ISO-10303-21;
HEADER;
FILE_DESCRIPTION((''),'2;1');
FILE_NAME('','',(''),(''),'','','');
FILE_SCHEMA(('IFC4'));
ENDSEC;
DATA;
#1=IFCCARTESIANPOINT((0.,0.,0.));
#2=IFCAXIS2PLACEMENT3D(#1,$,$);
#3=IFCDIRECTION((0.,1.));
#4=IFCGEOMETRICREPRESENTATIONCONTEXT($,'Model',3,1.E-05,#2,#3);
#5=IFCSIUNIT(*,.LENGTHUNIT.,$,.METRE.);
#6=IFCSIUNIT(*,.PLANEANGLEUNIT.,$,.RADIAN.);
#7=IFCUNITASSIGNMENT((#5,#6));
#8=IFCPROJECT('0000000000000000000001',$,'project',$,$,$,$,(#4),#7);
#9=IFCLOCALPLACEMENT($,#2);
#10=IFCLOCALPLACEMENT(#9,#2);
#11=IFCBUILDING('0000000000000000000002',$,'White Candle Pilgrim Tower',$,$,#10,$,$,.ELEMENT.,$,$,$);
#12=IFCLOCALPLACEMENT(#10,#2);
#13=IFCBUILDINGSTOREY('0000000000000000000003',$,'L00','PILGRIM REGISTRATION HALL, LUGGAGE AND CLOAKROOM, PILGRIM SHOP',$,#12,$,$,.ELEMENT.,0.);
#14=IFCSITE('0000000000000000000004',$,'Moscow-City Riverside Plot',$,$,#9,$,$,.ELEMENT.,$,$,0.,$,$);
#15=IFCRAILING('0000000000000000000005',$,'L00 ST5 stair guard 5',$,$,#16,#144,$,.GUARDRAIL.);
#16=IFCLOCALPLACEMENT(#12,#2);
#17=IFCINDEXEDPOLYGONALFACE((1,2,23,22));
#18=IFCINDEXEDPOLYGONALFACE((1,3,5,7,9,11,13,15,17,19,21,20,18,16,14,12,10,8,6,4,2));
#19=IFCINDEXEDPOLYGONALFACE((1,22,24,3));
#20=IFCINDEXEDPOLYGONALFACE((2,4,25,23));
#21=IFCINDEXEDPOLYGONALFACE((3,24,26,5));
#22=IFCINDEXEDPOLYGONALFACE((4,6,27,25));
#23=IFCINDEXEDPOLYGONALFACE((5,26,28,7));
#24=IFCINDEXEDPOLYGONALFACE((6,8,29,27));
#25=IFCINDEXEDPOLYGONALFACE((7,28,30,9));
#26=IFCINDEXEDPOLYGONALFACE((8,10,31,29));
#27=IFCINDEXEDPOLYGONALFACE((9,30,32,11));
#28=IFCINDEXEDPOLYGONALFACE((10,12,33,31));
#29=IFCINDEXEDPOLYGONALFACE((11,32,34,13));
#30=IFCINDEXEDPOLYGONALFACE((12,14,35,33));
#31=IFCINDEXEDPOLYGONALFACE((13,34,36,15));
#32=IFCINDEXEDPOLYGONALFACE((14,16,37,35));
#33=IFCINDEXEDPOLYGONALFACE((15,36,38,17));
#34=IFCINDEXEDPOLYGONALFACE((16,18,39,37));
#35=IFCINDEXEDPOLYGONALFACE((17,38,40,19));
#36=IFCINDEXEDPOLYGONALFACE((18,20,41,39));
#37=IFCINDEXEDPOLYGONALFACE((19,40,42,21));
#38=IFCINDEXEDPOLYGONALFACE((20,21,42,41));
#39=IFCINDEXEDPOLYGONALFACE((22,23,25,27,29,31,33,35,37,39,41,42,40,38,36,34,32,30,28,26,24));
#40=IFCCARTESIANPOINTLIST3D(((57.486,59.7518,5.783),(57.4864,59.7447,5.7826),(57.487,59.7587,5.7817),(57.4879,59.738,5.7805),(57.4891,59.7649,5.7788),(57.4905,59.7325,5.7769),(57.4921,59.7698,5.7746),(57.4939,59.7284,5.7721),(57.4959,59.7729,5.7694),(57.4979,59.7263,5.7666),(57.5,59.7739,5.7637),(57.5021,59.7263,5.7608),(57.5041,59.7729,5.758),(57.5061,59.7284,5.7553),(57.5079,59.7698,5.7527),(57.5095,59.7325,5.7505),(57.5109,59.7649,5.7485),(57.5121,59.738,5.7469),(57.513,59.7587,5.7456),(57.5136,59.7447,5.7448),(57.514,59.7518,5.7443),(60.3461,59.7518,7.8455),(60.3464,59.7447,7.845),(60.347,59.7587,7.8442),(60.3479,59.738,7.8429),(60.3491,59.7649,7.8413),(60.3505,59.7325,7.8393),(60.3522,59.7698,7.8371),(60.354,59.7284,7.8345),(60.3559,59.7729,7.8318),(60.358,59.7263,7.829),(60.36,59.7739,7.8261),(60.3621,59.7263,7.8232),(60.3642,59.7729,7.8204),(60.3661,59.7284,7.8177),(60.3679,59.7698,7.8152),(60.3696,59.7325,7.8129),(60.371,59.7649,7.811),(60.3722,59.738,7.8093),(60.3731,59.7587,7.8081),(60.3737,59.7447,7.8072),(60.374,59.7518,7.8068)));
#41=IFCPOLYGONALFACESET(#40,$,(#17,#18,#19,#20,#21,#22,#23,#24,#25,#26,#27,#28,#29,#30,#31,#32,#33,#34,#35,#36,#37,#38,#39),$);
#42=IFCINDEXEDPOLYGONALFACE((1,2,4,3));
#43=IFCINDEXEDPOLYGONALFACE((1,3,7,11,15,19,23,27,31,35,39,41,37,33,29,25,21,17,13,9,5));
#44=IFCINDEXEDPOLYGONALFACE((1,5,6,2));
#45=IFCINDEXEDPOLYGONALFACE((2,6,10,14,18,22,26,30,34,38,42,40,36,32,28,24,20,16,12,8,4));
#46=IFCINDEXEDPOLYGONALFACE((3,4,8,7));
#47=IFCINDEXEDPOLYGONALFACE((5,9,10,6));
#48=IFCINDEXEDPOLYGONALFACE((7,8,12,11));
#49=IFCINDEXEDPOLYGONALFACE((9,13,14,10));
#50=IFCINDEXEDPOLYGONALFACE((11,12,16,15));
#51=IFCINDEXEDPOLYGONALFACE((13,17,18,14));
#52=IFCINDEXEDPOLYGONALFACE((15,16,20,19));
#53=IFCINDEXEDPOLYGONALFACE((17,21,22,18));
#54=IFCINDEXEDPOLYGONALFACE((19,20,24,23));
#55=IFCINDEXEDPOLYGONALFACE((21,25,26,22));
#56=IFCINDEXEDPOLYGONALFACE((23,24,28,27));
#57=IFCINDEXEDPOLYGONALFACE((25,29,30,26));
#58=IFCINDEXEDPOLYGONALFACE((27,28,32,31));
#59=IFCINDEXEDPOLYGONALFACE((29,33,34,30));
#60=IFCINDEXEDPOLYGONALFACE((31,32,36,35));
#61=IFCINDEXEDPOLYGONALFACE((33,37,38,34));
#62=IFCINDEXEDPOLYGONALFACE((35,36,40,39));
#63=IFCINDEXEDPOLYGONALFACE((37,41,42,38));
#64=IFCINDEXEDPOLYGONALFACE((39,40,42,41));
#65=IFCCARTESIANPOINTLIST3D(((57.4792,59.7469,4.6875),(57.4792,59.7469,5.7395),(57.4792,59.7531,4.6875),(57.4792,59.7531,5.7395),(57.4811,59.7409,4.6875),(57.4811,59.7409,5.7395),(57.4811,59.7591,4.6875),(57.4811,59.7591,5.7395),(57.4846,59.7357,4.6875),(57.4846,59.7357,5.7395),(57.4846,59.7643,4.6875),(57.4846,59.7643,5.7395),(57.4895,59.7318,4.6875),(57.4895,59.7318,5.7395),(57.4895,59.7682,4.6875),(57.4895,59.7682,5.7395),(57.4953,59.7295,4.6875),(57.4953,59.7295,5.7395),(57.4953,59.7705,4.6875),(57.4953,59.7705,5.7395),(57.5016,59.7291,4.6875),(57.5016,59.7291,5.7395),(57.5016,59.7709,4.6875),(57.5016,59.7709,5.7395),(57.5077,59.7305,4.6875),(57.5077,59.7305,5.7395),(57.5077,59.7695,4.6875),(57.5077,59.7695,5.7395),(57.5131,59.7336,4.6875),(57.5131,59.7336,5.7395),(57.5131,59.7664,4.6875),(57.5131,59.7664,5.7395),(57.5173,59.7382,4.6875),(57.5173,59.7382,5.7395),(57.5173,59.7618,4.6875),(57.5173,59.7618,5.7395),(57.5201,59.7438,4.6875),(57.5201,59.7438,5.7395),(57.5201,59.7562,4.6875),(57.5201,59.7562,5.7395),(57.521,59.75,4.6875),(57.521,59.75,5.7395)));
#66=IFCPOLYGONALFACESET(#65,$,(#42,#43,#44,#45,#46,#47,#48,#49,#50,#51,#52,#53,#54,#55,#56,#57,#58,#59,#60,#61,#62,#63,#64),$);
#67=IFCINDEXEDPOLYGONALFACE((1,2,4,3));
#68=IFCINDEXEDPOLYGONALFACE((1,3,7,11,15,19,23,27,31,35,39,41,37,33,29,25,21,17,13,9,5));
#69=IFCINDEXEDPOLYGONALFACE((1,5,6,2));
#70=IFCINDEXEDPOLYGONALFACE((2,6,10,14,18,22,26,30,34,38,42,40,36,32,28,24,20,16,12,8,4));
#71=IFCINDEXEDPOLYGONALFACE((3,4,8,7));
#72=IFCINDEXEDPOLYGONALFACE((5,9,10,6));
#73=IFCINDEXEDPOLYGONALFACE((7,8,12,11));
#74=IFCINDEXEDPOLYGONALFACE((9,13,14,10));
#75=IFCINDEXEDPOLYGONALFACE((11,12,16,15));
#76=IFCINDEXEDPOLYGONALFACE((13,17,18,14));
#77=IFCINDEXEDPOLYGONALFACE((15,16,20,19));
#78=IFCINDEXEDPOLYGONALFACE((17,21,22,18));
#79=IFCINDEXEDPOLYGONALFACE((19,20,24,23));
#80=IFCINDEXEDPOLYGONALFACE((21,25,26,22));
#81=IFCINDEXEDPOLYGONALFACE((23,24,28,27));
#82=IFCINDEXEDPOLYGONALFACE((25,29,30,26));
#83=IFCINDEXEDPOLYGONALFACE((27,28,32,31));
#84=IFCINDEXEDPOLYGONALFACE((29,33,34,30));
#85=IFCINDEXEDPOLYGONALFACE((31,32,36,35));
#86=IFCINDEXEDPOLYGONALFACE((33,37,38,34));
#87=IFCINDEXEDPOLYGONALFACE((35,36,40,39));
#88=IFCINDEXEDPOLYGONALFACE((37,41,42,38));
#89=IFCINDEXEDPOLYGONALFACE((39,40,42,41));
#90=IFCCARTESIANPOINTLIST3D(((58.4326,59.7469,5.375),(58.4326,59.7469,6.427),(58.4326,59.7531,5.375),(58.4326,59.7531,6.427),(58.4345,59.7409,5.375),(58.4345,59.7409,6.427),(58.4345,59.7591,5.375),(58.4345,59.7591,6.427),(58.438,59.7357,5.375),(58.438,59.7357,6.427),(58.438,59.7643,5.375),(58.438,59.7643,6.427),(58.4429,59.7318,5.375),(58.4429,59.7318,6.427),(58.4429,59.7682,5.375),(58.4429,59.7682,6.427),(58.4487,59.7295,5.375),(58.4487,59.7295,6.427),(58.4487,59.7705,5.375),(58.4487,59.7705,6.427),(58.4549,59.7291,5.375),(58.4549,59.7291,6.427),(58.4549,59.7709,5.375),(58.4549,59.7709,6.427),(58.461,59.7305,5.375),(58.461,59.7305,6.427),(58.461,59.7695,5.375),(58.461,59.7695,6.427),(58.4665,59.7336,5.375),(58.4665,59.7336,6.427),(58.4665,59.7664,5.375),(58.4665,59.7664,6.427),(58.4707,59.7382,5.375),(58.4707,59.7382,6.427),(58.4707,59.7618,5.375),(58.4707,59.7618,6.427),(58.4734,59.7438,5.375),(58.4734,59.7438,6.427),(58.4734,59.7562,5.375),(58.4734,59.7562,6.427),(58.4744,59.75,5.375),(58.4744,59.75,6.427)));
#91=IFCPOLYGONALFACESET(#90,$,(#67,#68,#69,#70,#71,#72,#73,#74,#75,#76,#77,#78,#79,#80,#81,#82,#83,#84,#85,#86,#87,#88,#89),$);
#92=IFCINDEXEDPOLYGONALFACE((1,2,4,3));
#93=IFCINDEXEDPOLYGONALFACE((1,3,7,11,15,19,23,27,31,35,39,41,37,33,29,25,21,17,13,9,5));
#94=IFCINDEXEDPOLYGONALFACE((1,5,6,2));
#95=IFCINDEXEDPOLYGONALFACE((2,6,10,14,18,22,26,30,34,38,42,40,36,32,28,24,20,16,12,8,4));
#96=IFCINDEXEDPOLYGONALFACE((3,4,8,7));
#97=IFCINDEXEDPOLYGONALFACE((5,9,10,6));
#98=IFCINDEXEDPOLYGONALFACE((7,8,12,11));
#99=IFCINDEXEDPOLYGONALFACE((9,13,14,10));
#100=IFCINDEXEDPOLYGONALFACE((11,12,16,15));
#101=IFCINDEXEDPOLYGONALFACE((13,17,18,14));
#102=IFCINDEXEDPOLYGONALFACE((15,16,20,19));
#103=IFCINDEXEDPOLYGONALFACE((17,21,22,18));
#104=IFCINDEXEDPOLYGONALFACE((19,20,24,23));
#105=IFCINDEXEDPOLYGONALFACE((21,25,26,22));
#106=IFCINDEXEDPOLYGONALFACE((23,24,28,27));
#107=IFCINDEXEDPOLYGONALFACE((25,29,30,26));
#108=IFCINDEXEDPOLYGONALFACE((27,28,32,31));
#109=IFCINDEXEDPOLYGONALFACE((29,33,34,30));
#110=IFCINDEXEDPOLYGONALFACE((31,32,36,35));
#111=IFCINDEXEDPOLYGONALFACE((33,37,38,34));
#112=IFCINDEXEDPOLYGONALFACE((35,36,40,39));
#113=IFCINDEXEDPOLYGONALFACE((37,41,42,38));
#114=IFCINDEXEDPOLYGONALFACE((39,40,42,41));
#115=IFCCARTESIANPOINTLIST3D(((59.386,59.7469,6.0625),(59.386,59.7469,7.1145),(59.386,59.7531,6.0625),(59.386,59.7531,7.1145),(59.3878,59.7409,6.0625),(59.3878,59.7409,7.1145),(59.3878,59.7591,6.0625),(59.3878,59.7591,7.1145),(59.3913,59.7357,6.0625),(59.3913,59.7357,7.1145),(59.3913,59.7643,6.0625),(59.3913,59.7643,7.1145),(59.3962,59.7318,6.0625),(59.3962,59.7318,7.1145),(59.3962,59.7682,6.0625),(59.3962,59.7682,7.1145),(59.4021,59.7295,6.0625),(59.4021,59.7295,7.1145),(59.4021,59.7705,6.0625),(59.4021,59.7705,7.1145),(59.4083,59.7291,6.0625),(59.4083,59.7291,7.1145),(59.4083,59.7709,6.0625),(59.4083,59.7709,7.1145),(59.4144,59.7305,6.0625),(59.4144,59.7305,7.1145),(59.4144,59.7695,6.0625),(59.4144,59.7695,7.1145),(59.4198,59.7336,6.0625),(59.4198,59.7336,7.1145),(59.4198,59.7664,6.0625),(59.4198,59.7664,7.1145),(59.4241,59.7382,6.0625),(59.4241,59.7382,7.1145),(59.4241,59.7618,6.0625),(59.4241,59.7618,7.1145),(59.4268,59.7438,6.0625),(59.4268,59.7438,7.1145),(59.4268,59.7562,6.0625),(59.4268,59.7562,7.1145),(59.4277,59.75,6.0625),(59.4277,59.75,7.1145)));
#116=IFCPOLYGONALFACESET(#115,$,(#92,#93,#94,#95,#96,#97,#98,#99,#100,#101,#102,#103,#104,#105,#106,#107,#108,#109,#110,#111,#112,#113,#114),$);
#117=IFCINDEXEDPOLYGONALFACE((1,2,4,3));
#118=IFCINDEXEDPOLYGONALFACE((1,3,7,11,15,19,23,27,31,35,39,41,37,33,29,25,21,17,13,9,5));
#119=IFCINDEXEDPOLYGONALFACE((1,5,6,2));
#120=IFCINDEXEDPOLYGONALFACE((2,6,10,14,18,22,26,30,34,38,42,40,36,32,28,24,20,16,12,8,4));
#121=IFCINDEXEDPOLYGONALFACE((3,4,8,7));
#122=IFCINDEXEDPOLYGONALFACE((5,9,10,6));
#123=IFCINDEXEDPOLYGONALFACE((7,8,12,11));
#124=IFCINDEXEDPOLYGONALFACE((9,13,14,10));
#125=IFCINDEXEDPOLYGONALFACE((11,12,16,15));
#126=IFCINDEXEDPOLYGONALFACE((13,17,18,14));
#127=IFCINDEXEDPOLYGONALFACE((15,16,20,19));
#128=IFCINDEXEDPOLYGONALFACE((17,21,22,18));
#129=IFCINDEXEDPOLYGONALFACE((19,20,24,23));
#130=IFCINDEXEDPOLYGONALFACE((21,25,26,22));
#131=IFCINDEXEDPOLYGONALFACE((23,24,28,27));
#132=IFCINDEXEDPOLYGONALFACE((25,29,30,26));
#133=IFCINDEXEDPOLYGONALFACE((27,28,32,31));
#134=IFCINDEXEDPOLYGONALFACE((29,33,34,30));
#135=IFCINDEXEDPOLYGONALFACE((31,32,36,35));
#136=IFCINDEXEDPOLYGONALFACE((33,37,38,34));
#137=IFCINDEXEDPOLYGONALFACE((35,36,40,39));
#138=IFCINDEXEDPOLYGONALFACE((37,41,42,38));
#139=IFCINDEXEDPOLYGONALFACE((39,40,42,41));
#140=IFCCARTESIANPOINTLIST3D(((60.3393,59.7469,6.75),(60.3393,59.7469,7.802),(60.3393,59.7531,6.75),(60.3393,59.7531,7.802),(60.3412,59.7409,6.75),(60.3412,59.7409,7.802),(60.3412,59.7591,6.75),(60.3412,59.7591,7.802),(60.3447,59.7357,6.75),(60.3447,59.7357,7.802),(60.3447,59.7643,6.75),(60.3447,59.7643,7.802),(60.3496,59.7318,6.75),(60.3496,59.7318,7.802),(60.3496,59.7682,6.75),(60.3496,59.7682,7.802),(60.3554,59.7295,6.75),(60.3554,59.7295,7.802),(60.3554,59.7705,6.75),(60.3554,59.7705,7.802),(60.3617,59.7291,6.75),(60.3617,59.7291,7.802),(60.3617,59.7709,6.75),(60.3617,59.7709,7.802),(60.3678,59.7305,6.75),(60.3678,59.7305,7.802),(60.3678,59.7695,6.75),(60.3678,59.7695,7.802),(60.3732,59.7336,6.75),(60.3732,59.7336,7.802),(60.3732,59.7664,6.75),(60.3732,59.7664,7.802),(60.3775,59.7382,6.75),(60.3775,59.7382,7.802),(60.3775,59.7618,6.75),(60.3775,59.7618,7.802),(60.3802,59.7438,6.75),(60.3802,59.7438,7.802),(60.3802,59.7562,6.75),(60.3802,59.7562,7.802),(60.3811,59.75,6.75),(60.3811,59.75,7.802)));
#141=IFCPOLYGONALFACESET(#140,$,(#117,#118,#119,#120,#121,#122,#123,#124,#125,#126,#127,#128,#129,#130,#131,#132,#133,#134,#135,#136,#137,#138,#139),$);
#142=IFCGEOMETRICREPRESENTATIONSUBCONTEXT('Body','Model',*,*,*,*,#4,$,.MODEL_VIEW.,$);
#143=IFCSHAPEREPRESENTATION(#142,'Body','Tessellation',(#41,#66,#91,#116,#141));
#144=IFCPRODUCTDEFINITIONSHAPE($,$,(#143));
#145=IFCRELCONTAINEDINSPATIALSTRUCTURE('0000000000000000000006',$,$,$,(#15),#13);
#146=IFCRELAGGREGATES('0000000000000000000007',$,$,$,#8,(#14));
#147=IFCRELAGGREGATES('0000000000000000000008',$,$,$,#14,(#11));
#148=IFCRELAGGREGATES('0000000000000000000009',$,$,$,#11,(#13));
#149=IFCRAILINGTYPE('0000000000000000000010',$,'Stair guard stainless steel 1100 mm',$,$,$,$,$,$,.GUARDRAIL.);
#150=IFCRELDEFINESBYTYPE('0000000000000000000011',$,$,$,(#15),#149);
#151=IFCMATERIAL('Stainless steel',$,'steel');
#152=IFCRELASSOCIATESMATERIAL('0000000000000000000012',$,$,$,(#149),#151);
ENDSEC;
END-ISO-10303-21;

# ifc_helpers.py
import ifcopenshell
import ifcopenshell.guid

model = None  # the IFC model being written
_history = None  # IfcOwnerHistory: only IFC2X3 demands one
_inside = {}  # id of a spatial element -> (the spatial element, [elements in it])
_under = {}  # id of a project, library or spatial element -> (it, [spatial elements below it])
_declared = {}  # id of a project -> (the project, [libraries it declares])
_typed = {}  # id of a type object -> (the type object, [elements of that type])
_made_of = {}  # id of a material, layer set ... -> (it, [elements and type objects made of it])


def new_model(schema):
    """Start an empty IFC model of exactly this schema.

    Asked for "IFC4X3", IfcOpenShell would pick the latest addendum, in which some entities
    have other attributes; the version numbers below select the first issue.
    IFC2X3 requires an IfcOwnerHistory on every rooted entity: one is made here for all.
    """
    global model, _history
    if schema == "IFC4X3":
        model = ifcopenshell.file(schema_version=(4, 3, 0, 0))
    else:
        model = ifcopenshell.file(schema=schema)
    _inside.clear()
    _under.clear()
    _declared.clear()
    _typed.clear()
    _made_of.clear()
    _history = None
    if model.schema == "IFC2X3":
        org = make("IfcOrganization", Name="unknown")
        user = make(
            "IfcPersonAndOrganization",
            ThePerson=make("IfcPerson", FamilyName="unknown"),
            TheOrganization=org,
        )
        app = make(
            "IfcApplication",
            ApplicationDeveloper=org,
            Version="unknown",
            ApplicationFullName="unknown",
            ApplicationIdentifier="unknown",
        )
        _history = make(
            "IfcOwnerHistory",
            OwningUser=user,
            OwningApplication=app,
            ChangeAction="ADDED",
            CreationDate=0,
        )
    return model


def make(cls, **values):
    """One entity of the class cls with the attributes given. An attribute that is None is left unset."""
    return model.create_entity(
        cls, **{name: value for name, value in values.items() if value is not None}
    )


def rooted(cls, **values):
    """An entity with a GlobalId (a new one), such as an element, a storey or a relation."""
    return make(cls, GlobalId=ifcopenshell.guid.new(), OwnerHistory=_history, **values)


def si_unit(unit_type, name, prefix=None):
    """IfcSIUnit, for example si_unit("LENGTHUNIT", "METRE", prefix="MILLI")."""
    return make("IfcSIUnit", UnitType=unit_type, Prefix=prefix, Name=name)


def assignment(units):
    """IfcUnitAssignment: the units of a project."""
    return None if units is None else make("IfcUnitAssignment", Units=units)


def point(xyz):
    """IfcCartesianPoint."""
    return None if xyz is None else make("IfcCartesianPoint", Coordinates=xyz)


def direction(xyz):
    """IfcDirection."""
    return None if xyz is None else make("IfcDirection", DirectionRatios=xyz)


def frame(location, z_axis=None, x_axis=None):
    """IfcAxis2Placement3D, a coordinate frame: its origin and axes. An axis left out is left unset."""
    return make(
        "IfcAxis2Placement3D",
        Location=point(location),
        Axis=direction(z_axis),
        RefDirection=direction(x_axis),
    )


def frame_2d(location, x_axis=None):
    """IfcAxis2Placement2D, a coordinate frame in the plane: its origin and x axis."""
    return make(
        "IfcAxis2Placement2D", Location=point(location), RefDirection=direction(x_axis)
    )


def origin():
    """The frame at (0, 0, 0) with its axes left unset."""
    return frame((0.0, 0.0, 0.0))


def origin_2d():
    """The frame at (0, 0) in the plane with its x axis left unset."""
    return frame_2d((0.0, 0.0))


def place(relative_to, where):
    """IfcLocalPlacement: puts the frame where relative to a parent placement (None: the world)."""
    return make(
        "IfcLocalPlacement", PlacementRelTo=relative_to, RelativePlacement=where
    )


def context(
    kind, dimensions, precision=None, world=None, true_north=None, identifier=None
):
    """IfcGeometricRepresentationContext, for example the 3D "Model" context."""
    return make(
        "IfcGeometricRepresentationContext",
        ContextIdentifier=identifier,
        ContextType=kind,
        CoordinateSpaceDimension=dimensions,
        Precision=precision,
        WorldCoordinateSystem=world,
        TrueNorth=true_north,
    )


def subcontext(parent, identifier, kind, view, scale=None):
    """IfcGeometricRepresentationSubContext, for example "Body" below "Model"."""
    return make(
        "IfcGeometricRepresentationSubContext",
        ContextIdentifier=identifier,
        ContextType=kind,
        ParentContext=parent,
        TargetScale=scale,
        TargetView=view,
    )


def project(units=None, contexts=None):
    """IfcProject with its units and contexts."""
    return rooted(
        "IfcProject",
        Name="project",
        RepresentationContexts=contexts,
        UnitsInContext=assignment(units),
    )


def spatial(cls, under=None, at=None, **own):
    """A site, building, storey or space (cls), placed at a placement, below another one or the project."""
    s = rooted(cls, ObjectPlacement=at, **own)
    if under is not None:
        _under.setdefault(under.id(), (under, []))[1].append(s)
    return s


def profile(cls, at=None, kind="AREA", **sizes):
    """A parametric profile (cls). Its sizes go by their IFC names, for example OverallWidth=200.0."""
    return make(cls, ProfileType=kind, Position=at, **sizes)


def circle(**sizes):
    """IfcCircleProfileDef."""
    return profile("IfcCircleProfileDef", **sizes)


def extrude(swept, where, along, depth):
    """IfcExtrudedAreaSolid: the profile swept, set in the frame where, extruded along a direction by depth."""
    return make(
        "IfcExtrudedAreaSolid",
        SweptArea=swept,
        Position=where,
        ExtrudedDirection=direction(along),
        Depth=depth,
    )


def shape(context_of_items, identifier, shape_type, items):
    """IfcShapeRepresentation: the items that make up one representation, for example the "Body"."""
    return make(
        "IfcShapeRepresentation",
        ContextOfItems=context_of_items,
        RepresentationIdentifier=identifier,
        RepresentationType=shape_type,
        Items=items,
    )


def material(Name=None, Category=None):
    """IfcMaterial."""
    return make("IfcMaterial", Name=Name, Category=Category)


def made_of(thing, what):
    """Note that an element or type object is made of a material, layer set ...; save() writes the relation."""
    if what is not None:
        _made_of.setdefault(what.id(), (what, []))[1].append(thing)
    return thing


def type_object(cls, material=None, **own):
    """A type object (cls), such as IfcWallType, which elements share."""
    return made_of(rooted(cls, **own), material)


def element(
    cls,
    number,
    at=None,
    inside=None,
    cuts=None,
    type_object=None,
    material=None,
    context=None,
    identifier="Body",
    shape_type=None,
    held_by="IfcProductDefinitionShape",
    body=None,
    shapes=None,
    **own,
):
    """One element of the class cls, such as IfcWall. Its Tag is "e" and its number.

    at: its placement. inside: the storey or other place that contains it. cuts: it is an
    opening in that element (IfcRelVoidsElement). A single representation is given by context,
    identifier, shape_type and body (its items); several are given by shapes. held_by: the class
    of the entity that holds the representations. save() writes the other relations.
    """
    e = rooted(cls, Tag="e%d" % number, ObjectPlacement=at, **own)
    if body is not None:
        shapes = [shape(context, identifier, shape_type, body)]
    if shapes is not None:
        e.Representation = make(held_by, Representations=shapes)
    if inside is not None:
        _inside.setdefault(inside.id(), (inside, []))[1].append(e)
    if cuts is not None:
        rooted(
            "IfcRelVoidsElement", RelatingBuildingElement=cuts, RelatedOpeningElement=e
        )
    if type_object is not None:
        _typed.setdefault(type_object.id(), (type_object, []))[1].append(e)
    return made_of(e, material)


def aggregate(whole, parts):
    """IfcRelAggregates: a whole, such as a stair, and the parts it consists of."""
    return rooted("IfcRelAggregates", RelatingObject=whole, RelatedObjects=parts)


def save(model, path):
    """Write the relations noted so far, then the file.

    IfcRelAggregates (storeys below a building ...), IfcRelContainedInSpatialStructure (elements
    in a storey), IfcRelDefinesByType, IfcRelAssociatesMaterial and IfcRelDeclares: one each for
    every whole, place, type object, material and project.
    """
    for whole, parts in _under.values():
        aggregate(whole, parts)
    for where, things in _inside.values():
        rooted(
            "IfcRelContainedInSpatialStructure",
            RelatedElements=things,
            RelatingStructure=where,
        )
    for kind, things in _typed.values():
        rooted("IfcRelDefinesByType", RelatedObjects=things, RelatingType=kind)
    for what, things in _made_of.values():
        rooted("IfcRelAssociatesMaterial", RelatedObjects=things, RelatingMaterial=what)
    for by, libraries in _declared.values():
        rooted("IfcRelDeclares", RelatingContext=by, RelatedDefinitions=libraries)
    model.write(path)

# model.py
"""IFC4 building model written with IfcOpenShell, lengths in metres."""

from ifc_helpers import new_model, si_unit, direction, frame, origin, origin_2d, place, context, subcontext, project, spatial, circle, extrude, material, type_object, element, save


model = new_model("IFC4")

# Units and contexts
model_context = context("Model", 3, precision=1e-05, world=origin(), true_north=direction((0.0, 1.0)))
body_context = subcontext(model_context, "Body", "Model", "MODEL_VIEW")
ifc_project = project(units=[si_unit("LENGTHUNIT", "METRE"), si_unit("PLANEANGLEUNIT", "RADIAN")], contexts=[model_context])

# Site, building, storey
site_placement = place(None, origin())
site = spatial("IfcSite", under=ifc_project, at=site_placement, Name="Moscow-City Riverside Plot", CompositionType="ELEMENT", RefElevation=0.0)
building_placement = place(site_placement, origin())
building = spatial("IfcBuilding", under=site, at=building_placement, Name="White Candle Pilgrim Tower", CompositionType="ELEMENT")
storey_placement = place(building_placement, origin())
storey = spatial("IfcBuildingStorey", under=building, at=storey_placement, Name="L00", Description="PILGRIM REGISTRATION HALL, LUGGAGE AND CLOAKROOM, PILGRIM SHOP", CompositionType="ELEMENT", Elevation=0.0)

# Railing
ifc_material_1 = material(Name="Stainless steel", Category="steel")
railing_type_1 = type_object("IfcRailingType", Name="Stair guard stainless steel 1100 mm", PredefinedType="GUARDRAIL", material=ifc_material_1)
railing_1_placement = place(storey_placement, frame((57.5, 59.75, 4.6875)))
element("IfcRailing", 1, at=railing_1_placement, inside=storey, type_object=railing_type_1, Name="L00 ST5 stair guard 5", PredefinedType="GUARDRAIL", context=body_context, shape_type="SweptSolid", body=[
    extrude(circle(Radius=0.0239, at=origin_2d()), frame((0.0, 0.0, 1.0762), z_axis=(0.811101, 0.0, 0.584906), x_axis=(0.0, 1.0, 0.0)), (0.0, 0.0, 1.0), 3.5261),
    extrude(circle(Radius=0.021, at=origin_2d()), origin(), (0.0, 0.0, 1.0), 1.052),
    extrude(circle(Radius=0.021, at=origin_2d()), frame((0.9534, 0.0, 0.6875)), (0.0, 0.0, 1.0), 1.052),
    extrude(circle(Radius=0.021, at=origin_2d()), frame((1.9067, 0.0, 1.375)), (0.0, 0.0, 1.0), 1.052),
    extrude(circle(Radius=0.021, at=origin_2d()), frame((2.8601, 0.0, 2.0625)), (0.0, 0.0, 1.0), 1.052),
])

save(model, "model.ifc")
